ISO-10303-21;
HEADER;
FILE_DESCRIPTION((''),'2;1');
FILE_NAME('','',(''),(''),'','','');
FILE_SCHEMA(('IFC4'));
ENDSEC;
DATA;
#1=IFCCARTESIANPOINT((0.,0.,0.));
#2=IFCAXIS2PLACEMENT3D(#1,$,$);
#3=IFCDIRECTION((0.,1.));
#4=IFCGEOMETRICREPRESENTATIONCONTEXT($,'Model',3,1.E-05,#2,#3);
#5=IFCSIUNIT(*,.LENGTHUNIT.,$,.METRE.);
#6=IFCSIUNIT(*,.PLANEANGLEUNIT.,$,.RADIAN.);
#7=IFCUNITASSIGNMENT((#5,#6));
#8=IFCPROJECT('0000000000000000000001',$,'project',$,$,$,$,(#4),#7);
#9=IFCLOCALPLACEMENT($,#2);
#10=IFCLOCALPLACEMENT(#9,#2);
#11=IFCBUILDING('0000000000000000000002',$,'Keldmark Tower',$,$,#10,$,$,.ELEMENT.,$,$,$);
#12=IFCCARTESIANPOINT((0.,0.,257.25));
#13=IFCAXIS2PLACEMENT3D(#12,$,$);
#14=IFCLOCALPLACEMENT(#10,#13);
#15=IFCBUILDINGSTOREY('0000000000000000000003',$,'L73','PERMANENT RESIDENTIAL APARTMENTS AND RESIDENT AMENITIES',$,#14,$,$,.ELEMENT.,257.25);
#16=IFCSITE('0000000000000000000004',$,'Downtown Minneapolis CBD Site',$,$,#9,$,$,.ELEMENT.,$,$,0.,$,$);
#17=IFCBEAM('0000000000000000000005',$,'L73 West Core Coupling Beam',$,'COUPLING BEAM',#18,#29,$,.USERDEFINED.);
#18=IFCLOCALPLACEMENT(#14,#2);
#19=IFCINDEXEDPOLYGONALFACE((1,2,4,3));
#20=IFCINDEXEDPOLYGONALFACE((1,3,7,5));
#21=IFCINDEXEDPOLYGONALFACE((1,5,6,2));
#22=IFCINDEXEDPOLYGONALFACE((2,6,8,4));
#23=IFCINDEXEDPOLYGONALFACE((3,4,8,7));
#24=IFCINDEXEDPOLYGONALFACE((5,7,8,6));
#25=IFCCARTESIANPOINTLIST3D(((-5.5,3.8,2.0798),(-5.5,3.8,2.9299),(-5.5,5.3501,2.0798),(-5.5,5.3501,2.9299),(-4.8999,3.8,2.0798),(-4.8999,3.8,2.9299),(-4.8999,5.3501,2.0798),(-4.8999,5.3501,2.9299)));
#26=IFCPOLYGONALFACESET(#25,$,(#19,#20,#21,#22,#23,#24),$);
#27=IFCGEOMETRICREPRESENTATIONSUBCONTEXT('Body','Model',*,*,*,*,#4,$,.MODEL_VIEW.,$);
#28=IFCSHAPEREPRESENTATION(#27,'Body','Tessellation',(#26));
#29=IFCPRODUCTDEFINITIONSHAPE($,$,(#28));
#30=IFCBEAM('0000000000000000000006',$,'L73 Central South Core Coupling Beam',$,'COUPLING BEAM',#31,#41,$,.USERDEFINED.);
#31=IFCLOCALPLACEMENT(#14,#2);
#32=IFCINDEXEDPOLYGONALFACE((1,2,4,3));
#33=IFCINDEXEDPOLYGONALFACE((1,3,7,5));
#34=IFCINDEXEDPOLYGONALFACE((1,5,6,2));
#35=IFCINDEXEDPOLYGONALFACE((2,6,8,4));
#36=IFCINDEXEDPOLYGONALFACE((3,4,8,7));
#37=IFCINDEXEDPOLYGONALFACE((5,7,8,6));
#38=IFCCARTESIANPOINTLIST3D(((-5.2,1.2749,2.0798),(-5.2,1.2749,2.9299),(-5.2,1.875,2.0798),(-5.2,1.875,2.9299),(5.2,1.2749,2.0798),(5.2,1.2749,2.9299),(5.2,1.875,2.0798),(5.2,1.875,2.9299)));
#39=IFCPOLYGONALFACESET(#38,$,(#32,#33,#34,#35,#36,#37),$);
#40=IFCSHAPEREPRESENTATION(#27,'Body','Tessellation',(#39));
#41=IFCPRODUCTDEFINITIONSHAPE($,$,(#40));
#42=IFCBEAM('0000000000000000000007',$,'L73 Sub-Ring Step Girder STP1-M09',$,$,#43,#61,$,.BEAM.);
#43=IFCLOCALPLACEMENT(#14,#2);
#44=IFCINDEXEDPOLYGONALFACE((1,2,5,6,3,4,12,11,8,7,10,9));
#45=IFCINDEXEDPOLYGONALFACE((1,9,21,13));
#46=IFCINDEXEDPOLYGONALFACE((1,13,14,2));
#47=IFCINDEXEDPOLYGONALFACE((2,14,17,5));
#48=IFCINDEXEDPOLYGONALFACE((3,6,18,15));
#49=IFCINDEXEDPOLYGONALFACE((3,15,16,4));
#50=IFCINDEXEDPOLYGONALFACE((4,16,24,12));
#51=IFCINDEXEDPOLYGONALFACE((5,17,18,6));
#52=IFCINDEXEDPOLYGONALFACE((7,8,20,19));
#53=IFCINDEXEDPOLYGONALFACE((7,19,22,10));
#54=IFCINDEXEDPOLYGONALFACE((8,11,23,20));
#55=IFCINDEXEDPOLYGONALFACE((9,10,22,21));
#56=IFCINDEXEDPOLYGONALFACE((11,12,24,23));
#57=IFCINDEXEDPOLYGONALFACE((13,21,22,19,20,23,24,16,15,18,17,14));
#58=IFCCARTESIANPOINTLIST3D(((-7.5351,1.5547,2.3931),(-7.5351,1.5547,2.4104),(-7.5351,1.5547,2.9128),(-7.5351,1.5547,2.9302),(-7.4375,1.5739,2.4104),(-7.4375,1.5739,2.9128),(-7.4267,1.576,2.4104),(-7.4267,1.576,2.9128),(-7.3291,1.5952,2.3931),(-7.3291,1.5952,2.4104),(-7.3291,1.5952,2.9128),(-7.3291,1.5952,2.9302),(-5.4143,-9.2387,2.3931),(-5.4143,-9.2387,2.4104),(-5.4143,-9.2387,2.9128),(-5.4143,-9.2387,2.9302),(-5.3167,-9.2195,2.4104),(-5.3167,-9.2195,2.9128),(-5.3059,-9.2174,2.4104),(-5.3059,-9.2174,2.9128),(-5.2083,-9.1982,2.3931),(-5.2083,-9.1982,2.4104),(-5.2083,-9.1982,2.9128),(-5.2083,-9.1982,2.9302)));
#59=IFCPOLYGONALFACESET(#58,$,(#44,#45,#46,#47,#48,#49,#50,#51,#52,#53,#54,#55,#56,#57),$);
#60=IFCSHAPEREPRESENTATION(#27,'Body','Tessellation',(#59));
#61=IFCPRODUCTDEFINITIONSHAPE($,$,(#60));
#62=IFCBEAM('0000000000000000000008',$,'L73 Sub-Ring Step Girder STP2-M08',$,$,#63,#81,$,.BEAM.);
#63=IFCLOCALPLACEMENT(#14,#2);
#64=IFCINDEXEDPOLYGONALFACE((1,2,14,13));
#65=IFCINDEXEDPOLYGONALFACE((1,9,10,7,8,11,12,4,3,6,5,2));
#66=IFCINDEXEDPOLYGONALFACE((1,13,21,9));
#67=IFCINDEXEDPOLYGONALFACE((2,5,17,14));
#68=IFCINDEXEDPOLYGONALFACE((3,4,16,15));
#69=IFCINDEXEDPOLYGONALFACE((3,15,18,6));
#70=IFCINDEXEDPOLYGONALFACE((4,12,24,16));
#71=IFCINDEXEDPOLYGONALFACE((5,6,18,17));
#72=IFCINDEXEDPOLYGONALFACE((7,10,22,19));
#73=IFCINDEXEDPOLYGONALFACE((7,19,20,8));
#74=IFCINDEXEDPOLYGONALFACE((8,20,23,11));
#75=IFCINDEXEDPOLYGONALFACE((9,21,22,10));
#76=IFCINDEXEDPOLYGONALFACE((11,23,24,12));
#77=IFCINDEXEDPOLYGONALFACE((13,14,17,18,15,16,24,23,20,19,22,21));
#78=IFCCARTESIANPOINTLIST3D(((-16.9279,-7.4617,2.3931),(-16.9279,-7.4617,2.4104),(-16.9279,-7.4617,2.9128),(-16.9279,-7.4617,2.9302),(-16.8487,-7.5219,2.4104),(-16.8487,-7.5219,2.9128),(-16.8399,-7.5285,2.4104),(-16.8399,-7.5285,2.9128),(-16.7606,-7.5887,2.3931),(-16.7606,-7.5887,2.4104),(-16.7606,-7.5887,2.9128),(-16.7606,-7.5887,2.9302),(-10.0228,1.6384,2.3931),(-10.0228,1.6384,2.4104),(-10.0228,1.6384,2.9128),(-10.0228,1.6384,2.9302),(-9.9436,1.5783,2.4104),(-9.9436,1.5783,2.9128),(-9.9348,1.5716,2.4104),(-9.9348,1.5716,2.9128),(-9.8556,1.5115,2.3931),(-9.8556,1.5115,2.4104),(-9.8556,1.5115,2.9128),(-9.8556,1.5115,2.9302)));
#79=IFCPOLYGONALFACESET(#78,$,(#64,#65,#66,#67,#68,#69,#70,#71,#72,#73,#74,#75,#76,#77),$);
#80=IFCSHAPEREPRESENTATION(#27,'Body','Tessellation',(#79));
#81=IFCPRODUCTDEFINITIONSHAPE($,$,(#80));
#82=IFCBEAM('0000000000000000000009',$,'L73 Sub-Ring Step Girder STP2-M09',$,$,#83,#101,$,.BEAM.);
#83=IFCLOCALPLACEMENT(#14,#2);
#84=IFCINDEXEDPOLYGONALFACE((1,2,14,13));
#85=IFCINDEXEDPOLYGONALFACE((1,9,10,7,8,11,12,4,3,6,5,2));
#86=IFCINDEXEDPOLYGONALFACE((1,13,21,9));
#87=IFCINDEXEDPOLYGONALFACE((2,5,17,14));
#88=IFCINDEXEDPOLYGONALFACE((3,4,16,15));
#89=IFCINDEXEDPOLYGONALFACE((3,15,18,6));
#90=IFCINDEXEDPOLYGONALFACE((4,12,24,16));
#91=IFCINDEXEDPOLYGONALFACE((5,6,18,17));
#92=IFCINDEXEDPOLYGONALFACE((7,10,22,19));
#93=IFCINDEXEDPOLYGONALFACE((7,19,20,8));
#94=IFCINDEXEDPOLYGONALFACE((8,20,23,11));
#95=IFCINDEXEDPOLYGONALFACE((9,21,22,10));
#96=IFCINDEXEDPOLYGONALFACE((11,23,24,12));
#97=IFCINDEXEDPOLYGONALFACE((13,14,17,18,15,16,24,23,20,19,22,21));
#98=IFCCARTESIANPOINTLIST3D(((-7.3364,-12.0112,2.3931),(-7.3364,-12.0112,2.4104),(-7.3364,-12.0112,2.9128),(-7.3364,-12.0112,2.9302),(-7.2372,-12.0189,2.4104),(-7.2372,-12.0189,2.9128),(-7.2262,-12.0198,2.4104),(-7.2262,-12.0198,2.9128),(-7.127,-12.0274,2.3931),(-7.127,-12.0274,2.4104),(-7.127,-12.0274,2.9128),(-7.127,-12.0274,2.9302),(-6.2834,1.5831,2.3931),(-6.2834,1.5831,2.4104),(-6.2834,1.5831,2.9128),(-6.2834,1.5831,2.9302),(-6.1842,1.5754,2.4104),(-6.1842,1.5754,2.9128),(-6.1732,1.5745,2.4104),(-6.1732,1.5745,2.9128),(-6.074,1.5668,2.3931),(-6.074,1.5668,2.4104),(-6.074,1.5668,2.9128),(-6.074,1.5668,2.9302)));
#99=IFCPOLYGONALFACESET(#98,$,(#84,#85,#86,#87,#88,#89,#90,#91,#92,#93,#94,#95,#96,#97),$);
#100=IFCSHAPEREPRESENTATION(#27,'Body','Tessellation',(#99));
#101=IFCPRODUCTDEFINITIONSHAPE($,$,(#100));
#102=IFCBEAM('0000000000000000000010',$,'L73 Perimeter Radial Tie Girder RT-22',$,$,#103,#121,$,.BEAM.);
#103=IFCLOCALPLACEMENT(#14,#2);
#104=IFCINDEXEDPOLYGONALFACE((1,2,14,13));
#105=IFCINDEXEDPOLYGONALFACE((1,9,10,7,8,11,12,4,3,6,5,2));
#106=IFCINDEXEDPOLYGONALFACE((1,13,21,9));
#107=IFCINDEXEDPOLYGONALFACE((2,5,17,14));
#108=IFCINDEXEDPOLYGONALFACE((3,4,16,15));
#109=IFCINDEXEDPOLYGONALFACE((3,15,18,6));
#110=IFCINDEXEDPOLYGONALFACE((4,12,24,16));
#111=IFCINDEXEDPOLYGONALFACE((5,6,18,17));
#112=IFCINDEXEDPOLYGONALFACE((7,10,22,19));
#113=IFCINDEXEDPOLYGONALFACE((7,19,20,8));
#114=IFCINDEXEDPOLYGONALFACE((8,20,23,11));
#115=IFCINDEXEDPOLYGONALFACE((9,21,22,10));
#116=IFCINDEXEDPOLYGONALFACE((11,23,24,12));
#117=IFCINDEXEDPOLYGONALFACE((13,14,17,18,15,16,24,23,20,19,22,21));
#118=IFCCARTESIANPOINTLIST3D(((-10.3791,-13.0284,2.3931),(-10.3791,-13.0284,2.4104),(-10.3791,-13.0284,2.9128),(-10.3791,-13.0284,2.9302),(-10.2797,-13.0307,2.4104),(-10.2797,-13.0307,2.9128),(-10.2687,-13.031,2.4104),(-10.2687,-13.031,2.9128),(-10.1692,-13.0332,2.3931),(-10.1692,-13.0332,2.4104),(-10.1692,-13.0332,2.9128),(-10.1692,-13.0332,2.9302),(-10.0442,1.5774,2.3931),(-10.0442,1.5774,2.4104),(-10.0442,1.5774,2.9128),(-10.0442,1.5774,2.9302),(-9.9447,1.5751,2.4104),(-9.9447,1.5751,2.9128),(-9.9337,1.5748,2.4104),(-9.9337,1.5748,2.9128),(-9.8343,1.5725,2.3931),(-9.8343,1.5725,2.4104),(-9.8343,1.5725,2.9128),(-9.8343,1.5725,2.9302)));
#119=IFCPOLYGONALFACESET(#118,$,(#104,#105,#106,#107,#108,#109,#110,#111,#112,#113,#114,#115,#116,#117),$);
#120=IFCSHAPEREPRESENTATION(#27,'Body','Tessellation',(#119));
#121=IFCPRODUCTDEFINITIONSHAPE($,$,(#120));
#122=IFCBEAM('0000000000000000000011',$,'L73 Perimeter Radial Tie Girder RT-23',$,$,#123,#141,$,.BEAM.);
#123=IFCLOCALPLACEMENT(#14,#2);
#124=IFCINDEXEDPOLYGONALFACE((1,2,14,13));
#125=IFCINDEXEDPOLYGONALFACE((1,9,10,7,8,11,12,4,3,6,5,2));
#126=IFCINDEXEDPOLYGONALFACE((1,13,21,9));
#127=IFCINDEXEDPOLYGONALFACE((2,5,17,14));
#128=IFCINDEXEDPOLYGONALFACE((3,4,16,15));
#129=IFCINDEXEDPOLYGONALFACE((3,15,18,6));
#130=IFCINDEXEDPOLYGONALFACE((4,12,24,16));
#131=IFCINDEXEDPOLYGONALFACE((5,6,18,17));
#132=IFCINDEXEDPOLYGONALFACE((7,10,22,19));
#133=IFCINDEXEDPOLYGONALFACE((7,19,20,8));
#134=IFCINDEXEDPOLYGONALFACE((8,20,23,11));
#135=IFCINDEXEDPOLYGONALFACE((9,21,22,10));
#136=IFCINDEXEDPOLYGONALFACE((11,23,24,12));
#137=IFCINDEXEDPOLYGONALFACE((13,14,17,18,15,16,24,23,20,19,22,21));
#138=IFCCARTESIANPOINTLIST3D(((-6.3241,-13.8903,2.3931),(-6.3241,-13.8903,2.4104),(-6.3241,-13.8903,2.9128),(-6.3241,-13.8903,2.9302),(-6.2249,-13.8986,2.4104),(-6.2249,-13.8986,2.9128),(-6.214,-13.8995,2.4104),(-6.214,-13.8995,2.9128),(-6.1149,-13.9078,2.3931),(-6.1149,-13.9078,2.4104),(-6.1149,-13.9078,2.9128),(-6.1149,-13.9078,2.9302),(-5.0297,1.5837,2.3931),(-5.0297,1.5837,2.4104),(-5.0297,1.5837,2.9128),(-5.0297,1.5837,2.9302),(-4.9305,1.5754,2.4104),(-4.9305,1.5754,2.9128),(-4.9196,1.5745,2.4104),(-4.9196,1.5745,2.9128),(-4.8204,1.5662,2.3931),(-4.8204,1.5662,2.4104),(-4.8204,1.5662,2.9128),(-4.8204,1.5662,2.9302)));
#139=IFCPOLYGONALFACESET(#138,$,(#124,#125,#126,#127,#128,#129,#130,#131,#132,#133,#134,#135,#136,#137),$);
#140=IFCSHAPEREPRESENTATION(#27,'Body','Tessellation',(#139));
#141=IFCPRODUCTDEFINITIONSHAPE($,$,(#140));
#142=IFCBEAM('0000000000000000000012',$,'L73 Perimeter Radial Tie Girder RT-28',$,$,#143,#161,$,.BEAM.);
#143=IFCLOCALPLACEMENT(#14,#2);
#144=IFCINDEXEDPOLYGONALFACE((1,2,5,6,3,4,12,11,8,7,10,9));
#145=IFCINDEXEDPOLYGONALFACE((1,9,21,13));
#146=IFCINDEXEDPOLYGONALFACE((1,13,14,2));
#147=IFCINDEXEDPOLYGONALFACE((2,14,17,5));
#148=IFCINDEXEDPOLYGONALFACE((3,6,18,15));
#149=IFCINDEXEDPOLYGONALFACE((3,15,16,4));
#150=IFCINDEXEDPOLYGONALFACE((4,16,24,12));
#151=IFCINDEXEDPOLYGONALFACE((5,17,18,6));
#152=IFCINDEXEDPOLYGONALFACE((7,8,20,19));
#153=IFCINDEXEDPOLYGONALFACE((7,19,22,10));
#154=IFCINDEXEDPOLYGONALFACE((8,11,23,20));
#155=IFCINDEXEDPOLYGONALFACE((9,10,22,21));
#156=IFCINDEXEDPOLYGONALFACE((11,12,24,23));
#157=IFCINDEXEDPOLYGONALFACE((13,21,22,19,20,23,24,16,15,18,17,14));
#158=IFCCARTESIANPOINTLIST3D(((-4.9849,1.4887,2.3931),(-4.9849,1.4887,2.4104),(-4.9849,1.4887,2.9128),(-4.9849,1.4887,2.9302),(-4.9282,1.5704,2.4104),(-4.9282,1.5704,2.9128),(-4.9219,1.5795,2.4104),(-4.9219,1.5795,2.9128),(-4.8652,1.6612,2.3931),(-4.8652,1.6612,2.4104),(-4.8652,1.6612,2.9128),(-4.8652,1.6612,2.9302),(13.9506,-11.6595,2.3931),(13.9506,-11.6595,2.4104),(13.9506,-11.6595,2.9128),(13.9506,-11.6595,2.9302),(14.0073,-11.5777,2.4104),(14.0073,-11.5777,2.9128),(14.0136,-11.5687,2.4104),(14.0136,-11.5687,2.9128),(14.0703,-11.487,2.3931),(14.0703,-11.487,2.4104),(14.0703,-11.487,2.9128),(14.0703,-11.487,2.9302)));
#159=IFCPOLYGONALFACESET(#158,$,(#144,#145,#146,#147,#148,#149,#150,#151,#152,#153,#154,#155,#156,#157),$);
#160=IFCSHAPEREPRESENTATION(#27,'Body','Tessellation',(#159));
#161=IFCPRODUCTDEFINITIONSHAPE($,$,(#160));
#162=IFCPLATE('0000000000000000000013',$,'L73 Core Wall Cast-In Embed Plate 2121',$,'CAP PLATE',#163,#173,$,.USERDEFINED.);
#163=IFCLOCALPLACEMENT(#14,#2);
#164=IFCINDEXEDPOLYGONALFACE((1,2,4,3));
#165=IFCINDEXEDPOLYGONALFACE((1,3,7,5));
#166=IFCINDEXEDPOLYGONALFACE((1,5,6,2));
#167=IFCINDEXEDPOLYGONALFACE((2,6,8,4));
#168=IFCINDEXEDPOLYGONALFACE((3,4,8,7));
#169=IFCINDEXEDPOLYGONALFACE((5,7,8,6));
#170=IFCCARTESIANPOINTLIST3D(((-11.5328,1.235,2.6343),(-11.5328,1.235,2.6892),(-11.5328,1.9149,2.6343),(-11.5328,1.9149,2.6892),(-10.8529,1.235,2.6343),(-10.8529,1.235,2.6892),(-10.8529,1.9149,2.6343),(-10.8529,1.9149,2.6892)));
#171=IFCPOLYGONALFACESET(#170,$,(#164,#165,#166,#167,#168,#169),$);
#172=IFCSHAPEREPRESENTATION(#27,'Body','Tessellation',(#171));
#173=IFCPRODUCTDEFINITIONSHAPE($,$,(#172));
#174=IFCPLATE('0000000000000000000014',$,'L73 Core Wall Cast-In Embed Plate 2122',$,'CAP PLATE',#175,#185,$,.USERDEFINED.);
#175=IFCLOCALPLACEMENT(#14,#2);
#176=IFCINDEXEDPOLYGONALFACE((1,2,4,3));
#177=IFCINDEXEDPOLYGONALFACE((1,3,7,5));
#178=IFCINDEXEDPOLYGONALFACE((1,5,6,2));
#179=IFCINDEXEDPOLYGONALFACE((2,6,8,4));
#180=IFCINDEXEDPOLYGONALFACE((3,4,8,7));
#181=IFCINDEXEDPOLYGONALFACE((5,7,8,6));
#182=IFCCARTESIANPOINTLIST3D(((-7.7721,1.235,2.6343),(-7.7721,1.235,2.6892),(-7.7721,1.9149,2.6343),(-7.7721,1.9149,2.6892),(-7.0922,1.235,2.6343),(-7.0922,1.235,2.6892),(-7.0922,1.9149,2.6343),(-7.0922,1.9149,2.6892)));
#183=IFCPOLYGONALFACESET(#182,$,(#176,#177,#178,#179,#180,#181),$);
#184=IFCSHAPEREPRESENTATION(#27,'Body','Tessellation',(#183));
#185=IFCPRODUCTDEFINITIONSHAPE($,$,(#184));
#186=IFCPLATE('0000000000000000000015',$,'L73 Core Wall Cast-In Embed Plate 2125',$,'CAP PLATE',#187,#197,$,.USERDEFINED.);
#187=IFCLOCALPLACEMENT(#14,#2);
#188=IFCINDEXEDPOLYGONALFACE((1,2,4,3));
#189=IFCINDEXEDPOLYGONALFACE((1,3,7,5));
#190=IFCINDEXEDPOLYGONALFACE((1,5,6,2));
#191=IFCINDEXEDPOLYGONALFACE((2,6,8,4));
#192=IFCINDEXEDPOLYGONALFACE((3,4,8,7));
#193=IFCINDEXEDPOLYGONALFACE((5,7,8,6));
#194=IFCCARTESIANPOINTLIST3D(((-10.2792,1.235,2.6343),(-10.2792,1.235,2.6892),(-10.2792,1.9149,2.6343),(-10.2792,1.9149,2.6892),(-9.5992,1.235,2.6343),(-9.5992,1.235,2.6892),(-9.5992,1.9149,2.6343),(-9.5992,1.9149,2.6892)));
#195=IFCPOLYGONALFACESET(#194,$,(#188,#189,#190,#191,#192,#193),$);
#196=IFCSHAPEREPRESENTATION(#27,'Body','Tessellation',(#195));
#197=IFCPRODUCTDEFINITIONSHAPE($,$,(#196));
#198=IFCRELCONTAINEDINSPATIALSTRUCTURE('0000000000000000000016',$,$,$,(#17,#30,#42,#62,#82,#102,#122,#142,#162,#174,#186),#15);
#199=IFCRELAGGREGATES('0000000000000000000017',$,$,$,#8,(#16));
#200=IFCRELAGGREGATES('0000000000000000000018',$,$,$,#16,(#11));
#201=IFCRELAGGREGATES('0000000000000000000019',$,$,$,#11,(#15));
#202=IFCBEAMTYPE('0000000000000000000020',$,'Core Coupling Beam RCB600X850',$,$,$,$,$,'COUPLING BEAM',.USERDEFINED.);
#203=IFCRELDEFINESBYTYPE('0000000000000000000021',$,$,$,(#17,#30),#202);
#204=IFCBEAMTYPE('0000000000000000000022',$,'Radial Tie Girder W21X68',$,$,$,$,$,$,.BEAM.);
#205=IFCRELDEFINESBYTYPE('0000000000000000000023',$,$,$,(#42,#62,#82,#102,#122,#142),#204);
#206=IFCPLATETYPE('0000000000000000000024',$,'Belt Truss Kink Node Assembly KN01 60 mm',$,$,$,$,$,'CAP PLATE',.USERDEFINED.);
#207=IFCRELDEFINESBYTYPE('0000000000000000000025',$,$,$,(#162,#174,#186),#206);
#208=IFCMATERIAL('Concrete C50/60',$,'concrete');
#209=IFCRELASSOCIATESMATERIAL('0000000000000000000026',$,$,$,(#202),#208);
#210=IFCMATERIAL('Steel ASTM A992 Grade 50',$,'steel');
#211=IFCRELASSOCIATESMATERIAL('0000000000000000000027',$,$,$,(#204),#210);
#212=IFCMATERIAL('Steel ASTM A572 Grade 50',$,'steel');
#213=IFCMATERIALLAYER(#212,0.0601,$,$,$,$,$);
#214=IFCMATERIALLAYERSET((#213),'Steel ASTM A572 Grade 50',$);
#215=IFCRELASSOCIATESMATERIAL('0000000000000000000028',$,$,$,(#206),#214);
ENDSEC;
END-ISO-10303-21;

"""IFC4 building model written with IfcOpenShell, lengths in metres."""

from ifc_helpers import new_model, si_unit, direction, frame, origin, origin_2d, place, context, subcontext, project, spatial, rectangle, i_section, extrude, material, layer, layer_set, material_profile, profile_set, type_object, element, save


model = new_model("IFC4")

# Units and contexts
model_context = context("Model", 3, precision=1e-05, world=origin(), true_north=direction((0.0, 1.0)))
body_context = subcontext(model_context, "Body", "Model", "MODEL_VIEW")
ifc_project = project(units=[si_unit("LENGTHUNIT", "METRE"), si_unit("PLANEANGLEUNIT", "RADIAN")], contexts=[model_context])

# Site, building, storey
site_placement = place(None, origin())
site = spatial("IfcSite", under=ifc_project, at=site_placement, Name="Downtown Minneapolis CBD Site", CompositionType="ELEMENT", RefElevation=0.0)
building_placement = place(site_placement, origin())
building = spatial("IfcBuilding", under=site, at=building_placement, Name="Keldmark Tower", CompositionType="ELEMENT")
storey_placement = place(building_placement, frame((0.0, 0.0, 257.25)))
storey = spatial("IfcBuildingStorey", under=building, at=storey_placement, Name="L73", Description="PERMANENT RESIDENTIAL APARTMENTS AND RESIDENT AMENITIES", CompositionType="ELEMENT", Elevation=257.25)

# Beams
ifc_material_1 = material(Name="Concrete C50/60", Category="concrete")
ifc_material_profile_1 = material_profile(ifc_material_1, rectangle(XDim=0.6001, YDim=0.8501, at=origin_2d()), Name="RCB600X850")
ifc_profile_set_1 = profile_set([ifc_material_profile_1], Name="Concrete C50/60")
beam_type_1 = type_object("IfcBeamType", Name="Core Coupling Beam RCB600X850", ElementType="COUPLING BEAM", PredefinedType="USERDEFINED", material=ifc_profile_set_1)
beam_1_placement = place(storey_placement, frame((-5.2, 3.8, 2.5049), z_axis=(0.0, 1.0, 0.0), x_axis=(-1.0, 0.0, 0.0)))
element("IfcBeam", 1, at=beam_1_placement, inside=storey, type_object=beam_type_1, Name="L73 West Core Coupling Beam", ObjectType="COUPLING BEAM", PredefinedType="USERDEFINED", context=body_context, shape_type="SweptSolid", body=[
    extrude(rectangle(XDim=0.6001, YDim=0.8501, at=origin_2d()), origin(), (0.0, 0.0, 1.0), 1.55),
])
beam_2_placement = place(storey_placement, frame((-5.2, 1.575, 2.5049), z_axis=(1.0, 0.0, 0.0), x_axis=(0.0, 1.0, 0.0)))
element("IfcBeam", 2, at=beam_2_placement, inside=storey, type_object=beam_type_1, Name="L73 Central South Core Coupling Beam", ObjectType="COUPLING BEAM", PredefinedType="USERDEFINED", context=body_context, shape_type="SweptSolid", body=[
    extrude(rectangle(XDim=0.6001, YDim=0.8501, at=origin_2d()), origin(), (0.0, 0.0, 1.0), 10.3999),
])
ifc_material_2 = material(Name="Steel ASTM A992 Grade 50", Category="steel")
ifc_material_profile_2 = material_profile(ifc_material_2, i_section(OverallWidth=0.21, OverallDepth=0.5371, WebThickness=0.011, FlangeThickness=0.0173, at=origin_2d()), Name="W21X68")
ifc_profile_set_2 = profile_set([ifc_material_profile_2], Name="Steel ASTM A992 Grade 50")
beam_type_2 = type_object("IfcBeamType", Name="Radial Tie Girder W21X68", PredefinedType="BEAM", material=ifc_profile_set_2)
beam_3_placement = place(storey_placement, frame((-7.4321, 1.575, 2.6616), z_axis=(0.192807, -0.981237, 0.0), x_axis=(0.981237, 0.192807, 0.0)))
element("IfcBeam", 3, at=beam_3_placement, inside=storey, type_object=beam_type_2, Name="L73 Sub-Ring Step Girder STP1-M09", PredefinedType="BEAM", context=body_context, shape_type="SweptSolid", body=[
    extrude(i_section(OverallWidth=0.21, OverallDepth=0.5371, WebThickness=0.011, FlangeThickness=0.0173, at=origin_2d()), origin(), (0.0, 0.0, 1.0), 10.9998),
])
beam_4_placement = place(storey_placement, frame((-9.9392, 1.575, 2.6616), z_axis=(-0.60447, -0.796628, 0.0), x_axis=(0.796628, -0.60447, 0.0)))
element("IfcBeam", 4, at=beam_4_placement, inside=storey, type_object=beam_type_2, Name="L73 Sub-Ring Step Girder STP2-M08", PredefinedType="BEAM", context=body_context, shape_type="SweptSolid", body=[
    extrude(i_section(OverallWidth=0.21, OverallDepth=0.5371, WebThickness=0.011, FlangeThickness=0.0173, at=origin_2d()), origin(), (0.0, 0.0, 1.0), 11.4233),
])
beam_5_placement = place(storey_placement, frame((-6.1787, 1.575, 2.6616), z_axis=(-0.077226, -0.997014, 0.0), x_axis=(0.997014, -0.077226, 0.0)))
element("IfcBeam", 5, at=beam_5_placement, inside=storey, type_object=beam_type_2, Name="L73 Sub-Ring Step Girder STP2-M09", PredefinedType="BEAM", context=body_context, shape_type="SweptSolid", body=[
    extrude(i_section(OverallWidth=0.21, OverallDepth=0.5371, WebThickness=0.011, FlangeThickness=0.0173, at=origin_2d()), origin(), (0.0, 0.0, 1.0), 13.635),
])
beam_6_placement = place(storey_placement, frame((-9.9392, 1.575, 2.6616), z_axis=(-0.022928, -0.999737, 0.0), x_axis=(0.999737, -0.022928, 0.0)))
element("IfcBeam", 6, at=beam_6_placement, inside=storey, type_object=beam_type_2, Name="L73 Perimeter Radial Tie Girder RT-22", PredefinedType="BEAM", context=body_context, shape_type="SweptSolid", body=[
    extrude(i_section(OverallWidth=0.21, OverallDepth=0.5371, WebThickness=0.011, FlangeThickness=0.0173, at=origin_2d()), origin(), (0.0, 0.0, 1.0), 14.6096),
])
beam_7_placement = place(storey_placement, frame((-4.925, 1.575, 2.6616), z_axis=(-0.08336, -0.996519, 0.0), x_axis=(0.996519, -0.08336, 0.0)))
element("IfcBeam", 7, at=beam_7_placement, inside=storey, type_object=beam_type_2, Name="L73 Perimeter Radial Tie Girder RT-23", PredefinedType="BEAM", context=body_context, shape_type="SweptSolid", body=[
    extrude(i_section(OverallWidth=0.21, OverallDepth=0.5371, WebThickness=0.011, FlangeThickness=0.0173, at=origin_2d()), origin(), (0.0, 0.0, 1.0), 15.5281),
])
beam_8_placement = place(storey_placement, frame((-4.925, 1.575, 2.6616), z_axis=(0.8214, -0.570352, 0.0), x_axis=(0.570352, 0.8214, 0.0)))
element("IfcBeam", 8, at=beam_8_placement, inside=storey, type_object=beam_type_2, Name="L73 Perimeter Radial Tie Girder RT-28", PredefinedType="BEAM", context=body_context, shape_type="SweptSolid", body=[
    extrude(i_section(OverallWidth=0.21, OverallDepth=0.5371, WebThickness=0.011, FlangeThickness=0.0173, at=origin_2d()), origin(), (0.0, 0.0, 1.0), 23.0527),
])

# Plates
ifc_material_3 = material(Name="Steel ASTM A572 Grade 50", Category="steel")
ifc_layer_1 = layer(ifc_material_3, 0.0601)
ifc_layer_set_1 = layer_set([ifc_layer_1], Name="Steel ASTM A572 Grade 50")
plate_type = type_object("IfcPlateType", Name="Belt Truss Kink Node Assembly KN01 60 mm", ElementType="CAP PLATE", PredefinedType="USERDEFINED", material=ifc_layer_set_1)
for number, where, z_axis, x_axis, name in (
    (9, (-11.1929, 1.575, 2.6343), (0.0, 0.0, 1.0), (1.0, 0.0, 0.0), "L73 Core Wall Cast-In Embed Plate 2121"),
    (10, (-7.4321, 1.575, 2.6343), (0.0, 0.0, 1.0), (1.0, 0.0, 0.0), "L73 Core Wall Cast-In Embed Plate 2122"),
    (11, (-9.9392, 1.575, 2.6343), (0.0, 0.0, 1.0), (1.0, 0.0, 0.0), "L73 Core Wall Cast-In Embed Plate 2125"),
):
    element("IfcPlate", number, at=place(storey_placement, frame(where, z_axis=z_axis, x_axis=x_axis)), inside=storey, type_object=plate_type, Name=name, ObjectType="CAP PLATE", PredefinedType="USERDEFINED", context=body_context, shape_type="SweptSolid", body=[
        extrude(rectangle(XDim=0.6799, YDim=0.6799, at=origin_2d()), origin(), (0.0, 0.0, 1.0), 0.0549),
    ])

save(model, "model.ifc")
